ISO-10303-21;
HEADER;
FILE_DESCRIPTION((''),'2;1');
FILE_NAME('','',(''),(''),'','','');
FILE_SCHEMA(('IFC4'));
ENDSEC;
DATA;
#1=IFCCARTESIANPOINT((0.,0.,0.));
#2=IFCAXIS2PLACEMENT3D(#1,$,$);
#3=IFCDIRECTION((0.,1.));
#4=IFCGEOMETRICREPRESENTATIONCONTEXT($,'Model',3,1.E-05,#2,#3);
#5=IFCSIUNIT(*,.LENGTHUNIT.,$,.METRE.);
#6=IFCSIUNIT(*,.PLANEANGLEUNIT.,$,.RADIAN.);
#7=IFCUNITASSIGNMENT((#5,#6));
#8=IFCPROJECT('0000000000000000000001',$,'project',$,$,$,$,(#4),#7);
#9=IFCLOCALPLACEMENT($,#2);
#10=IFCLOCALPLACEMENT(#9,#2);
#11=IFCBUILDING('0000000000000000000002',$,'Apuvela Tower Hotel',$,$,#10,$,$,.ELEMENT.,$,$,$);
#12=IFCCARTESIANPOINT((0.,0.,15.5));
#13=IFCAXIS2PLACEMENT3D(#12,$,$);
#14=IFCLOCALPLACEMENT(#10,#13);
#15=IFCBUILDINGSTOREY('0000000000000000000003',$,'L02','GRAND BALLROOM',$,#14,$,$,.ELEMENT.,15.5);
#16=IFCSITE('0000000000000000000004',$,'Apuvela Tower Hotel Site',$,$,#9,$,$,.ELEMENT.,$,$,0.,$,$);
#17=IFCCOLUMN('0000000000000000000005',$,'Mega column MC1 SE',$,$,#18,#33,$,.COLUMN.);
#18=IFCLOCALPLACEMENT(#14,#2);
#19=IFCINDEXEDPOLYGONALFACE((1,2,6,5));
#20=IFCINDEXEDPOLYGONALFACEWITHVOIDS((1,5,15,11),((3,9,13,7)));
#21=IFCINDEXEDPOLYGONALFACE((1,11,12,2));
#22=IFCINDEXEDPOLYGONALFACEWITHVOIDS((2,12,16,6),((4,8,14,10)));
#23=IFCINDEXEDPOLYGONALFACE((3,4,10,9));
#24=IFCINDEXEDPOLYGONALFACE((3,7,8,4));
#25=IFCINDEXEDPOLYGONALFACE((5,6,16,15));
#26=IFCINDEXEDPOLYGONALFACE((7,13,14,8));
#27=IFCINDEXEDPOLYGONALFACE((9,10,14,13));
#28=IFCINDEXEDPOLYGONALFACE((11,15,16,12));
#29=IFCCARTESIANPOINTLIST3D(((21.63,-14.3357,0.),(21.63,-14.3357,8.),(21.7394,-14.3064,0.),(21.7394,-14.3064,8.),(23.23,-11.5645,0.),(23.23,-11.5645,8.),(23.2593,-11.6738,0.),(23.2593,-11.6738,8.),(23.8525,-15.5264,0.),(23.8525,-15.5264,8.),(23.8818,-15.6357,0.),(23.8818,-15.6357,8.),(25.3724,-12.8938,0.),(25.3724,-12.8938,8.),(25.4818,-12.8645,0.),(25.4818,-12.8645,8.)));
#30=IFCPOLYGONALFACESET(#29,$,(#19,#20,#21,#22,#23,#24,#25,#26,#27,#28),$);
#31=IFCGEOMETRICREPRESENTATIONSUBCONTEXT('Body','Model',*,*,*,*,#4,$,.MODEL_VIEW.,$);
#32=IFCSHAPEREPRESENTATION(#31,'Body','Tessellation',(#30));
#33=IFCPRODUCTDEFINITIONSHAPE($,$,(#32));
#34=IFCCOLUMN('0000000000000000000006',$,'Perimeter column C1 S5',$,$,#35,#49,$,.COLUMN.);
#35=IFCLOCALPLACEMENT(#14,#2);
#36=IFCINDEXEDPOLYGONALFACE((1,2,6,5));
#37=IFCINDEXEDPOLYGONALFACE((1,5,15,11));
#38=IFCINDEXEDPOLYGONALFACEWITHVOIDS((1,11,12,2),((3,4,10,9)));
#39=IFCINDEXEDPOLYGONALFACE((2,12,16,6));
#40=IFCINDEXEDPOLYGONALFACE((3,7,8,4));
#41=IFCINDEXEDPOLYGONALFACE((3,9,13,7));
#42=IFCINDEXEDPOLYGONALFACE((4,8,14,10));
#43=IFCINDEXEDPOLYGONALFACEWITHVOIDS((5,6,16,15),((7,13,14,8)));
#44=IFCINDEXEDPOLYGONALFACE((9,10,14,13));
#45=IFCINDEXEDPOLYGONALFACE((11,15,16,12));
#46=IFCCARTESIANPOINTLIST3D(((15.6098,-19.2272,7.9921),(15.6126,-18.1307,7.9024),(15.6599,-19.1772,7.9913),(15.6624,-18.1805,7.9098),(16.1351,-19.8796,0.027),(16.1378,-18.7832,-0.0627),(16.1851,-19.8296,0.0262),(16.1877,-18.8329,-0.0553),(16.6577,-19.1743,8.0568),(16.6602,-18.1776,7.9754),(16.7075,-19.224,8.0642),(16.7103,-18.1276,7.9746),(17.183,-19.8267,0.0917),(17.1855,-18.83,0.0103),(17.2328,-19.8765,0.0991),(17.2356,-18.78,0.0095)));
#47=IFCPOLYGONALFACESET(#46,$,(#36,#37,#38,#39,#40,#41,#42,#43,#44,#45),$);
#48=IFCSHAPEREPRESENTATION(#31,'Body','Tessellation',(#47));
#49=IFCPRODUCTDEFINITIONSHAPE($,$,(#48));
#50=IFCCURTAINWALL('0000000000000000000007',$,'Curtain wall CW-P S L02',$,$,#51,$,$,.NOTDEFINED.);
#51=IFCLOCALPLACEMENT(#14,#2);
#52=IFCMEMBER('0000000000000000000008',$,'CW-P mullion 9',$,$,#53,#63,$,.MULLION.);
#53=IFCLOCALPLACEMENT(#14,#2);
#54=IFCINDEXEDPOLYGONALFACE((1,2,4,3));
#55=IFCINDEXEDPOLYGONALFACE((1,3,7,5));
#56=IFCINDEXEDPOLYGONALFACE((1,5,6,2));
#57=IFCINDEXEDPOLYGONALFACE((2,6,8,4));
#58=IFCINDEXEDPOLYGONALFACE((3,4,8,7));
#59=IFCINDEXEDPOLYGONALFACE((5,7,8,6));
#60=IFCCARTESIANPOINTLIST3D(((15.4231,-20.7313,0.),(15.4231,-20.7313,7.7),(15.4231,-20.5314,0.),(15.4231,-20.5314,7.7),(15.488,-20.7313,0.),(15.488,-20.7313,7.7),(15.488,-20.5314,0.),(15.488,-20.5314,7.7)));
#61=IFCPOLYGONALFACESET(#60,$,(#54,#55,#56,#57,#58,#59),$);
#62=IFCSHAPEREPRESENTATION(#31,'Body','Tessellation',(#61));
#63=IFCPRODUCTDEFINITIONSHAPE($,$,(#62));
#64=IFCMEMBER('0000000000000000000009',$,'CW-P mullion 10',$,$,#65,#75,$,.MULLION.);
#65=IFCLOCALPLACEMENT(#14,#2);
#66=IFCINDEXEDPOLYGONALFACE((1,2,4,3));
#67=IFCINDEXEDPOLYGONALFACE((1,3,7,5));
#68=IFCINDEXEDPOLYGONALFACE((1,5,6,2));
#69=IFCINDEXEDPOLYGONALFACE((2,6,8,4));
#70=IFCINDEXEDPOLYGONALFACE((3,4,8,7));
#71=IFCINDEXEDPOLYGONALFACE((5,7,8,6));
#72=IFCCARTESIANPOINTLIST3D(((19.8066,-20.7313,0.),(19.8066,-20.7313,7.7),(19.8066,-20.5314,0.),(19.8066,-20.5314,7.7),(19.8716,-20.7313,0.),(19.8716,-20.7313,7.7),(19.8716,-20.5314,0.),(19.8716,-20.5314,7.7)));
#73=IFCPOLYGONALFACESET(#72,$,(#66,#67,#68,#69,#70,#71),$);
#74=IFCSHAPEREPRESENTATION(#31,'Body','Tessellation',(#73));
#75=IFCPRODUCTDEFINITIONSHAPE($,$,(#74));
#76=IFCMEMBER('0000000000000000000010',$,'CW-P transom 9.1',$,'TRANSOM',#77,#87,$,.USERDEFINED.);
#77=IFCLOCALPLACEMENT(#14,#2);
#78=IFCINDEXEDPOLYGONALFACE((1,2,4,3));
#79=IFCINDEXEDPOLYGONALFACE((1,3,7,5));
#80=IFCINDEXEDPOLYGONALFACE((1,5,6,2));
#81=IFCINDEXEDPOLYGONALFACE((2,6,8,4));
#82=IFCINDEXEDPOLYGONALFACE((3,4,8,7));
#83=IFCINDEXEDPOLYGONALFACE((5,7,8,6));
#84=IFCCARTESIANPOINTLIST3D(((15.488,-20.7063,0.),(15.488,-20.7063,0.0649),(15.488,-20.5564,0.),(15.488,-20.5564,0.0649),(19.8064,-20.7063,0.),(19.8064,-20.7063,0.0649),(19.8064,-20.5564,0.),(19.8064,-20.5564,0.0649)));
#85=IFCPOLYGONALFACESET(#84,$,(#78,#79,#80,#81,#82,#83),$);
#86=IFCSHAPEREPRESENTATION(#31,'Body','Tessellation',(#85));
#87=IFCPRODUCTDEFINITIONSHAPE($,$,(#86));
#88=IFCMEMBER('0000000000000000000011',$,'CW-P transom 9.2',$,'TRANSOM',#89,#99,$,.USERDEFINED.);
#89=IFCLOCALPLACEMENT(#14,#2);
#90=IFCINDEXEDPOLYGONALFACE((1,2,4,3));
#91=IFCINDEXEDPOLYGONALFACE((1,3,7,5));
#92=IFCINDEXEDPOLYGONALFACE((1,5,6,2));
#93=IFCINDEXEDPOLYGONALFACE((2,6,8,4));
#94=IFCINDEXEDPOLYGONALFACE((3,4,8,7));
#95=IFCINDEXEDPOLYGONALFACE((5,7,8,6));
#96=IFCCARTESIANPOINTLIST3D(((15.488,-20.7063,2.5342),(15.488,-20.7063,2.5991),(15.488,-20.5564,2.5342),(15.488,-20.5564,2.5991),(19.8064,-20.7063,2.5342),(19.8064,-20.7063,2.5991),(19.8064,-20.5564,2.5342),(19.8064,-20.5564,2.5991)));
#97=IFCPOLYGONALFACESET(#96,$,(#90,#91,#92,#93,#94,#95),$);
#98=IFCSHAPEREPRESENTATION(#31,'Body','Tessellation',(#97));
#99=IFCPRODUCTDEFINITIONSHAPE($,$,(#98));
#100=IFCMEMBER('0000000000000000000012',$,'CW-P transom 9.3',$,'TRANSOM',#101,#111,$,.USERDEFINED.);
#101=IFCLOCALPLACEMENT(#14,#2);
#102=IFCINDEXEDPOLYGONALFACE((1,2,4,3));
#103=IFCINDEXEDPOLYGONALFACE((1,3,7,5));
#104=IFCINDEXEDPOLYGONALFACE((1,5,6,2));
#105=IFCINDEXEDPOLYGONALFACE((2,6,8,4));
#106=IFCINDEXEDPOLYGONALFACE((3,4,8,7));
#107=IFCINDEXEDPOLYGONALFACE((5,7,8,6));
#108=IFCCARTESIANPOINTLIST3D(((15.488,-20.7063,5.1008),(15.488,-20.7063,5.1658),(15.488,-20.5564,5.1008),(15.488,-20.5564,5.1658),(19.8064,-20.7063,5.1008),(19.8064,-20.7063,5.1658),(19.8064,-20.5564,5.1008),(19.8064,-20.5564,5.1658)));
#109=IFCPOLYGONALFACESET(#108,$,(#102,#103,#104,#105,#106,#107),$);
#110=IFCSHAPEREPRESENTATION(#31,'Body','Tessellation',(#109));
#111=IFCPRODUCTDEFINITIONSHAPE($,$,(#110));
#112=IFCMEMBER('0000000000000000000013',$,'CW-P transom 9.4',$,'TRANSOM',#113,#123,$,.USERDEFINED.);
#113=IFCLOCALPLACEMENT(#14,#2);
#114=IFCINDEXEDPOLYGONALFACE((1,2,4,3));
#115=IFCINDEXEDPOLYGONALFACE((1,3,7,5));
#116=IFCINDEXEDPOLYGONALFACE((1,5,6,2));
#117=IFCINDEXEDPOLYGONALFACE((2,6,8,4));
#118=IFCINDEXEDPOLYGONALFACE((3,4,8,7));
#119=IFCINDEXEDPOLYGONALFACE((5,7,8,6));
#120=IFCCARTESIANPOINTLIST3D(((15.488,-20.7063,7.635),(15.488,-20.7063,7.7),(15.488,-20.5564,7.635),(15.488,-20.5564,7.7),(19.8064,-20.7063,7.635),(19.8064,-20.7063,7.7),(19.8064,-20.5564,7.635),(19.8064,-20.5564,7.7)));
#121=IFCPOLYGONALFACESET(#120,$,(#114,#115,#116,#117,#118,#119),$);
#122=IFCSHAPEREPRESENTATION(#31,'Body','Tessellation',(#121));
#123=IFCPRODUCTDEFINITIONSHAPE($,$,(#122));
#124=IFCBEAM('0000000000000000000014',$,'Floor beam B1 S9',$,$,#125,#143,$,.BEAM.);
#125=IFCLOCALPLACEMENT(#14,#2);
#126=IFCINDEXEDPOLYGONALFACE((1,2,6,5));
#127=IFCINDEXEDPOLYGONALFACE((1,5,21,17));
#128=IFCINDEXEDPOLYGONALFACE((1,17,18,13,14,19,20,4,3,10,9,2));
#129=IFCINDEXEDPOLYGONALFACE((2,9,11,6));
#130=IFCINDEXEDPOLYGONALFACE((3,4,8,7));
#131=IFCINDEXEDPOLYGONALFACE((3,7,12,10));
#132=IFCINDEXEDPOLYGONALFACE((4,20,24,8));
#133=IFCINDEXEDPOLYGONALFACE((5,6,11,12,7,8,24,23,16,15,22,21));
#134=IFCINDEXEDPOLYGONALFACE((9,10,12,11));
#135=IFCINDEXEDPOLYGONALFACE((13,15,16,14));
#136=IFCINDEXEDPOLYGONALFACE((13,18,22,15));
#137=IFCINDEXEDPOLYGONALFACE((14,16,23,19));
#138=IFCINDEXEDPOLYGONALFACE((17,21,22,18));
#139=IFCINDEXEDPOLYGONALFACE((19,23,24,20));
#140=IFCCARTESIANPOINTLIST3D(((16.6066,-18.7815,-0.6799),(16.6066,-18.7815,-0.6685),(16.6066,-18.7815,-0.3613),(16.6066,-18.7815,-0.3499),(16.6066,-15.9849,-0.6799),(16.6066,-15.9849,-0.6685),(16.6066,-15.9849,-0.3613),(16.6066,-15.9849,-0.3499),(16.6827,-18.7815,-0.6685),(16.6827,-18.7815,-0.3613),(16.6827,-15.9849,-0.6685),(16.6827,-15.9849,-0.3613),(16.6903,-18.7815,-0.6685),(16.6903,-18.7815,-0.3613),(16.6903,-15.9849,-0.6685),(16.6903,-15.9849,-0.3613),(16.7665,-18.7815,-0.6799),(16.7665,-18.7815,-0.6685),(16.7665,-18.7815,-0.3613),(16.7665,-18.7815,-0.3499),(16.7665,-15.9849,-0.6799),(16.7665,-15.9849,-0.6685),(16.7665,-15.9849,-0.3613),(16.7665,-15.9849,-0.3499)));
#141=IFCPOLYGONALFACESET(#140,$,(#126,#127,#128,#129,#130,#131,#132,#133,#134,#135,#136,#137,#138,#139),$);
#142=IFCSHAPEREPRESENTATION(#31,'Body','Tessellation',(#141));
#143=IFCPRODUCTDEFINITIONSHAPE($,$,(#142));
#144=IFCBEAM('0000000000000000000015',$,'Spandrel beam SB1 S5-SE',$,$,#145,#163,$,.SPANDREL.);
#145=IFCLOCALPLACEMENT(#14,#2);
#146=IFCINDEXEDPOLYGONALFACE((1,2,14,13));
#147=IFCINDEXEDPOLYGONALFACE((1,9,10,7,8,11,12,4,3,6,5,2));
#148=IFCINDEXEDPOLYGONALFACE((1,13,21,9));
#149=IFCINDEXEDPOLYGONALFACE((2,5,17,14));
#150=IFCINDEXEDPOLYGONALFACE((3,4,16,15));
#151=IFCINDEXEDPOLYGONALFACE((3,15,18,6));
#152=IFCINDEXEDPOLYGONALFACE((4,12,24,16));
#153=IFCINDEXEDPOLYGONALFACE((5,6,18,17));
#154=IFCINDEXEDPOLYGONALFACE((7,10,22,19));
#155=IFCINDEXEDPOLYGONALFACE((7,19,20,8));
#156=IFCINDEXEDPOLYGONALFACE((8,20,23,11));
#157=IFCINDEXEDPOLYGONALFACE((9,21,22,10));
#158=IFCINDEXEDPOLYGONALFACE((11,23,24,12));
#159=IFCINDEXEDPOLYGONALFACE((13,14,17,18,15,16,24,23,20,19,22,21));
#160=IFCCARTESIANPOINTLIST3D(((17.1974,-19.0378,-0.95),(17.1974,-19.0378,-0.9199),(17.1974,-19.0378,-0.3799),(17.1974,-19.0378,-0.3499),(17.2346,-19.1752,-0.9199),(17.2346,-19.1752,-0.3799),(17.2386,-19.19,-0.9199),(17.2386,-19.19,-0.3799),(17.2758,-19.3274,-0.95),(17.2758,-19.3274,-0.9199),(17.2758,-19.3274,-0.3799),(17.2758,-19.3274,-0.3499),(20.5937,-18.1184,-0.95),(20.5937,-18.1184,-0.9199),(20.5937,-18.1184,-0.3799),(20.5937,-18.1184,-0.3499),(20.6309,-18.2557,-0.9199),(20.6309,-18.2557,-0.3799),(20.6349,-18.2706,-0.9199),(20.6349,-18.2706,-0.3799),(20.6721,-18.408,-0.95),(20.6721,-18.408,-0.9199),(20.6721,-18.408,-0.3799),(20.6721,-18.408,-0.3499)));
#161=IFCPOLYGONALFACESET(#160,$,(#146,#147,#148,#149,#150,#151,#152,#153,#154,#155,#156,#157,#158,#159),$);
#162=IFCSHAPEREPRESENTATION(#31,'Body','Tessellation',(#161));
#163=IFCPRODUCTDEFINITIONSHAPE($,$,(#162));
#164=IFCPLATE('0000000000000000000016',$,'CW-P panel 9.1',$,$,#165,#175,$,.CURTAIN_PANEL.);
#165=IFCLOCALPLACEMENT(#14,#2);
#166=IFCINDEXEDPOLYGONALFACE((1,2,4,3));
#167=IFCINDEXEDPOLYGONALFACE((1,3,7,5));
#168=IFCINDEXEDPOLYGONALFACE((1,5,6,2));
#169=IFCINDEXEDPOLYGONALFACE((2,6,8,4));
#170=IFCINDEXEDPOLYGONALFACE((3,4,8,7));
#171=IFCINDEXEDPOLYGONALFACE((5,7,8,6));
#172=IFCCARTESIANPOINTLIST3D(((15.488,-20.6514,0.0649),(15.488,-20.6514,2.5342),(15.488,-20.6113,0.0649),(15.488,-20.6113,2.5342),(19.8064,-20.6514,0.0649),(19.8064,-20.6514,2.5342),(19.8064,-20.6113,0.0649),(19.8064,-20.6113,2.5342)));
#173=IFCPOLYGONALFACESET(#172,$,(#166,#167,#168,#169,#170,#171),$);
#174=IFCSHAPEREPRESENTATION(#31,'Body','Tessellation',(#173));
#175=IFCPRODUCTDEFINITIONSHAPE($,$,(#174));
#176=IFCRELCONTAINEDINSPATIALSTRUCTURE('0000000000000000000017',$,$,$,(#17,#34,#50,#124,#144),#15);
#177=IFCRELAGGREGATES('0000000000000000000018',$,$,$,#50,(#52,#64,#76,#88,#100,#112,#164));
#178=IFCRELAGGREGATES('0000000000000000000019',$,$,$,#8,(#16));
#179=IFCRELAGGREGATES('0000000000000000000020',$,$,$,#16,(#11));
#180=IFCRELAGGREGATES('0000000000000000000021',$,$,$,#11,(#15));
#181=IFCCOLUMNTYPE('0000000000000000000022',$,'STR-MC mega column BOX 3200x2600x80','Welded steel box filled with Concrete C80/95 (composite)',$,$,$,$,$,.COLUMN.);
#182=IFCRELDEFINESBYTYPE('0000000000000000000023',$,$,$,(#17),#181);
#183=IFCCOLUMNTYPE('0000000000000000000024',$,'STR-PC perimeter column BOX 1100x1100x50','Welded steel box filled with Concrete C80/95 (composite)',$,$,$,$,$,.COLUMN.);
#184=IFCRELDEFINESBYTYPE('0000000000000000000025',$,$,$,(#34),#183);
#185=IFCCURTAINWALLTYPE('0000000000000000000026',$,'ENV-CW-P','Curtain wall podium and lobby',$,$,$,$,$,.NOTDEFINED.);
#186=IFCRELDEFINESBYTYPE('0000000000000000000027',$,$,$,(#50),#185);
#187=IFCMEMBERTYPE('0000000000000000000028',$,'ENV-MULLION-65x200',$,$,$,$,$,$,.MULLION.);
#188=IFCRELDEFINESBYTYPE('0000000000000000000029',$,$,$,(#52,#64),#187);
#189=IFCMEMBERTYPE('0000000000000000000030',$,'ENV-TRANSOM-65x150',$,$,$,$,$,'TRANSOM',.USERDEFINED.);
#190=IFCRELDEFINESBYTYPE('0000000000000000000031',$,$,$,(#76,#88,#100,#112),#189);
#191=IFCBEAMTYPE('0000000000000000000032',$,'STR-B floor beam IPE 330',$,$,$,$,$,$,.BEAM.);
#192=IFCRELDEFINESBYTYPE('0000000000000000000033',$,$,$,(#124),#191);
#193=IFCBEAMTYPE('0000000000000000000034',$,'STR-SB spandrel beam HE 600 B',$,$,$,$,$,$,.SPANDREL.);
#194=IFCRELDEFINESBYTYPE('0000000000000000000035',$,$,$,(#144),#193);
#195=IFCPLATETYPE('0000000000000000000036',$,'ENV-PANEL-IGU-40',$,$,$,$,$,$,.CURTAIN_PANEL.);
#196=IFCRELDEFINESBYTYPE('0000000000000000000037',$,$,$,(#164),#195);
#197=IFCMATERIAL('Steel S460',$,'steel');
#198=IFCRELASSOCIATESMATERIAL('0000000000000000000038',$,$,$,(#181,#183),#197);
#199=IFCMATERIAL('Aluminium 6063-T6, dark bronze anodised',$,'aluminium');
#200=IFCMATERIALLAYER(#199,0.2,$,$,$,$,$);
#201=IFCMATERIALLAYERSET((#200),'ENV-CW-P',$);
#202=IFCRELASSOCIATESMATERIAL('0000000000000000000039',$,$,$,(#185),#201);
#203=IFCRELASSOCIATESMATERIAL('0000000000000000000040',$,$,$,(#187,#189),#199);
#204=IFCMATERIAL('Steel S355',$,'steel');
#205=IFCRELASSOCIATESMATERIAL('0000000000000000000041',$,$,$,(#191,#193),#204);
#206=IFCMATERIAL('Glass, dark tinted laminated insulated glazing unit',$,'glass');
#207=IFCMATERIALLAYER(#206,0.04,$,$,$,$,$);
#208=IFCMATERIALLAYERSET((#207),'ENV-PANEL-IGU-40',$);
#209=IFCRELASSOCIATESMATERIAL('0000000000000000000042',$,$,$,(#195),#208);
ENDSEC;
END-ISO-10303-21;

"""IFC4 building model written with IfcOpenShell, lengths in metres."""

from ifc_helpers import new_model, si_unit, direction, frame, origin, origin_2d, place, context, subcontext, project, spatial, rectangle, hollow_rectangle, i_section, extrude, boolean, halfspace, material, layer, layer_set, material_profile, profile_set, type_object, element, aggregate, save


model = new_model("IFC4")

# Units and contexts
model_context = context("Model", 3, precision=1e-05, world=origin(), true_north=direction((0.0, 1.0)))
body_context = subcontext(model_context, "Body", "Model", "MODEL_VIEW")
ifc_project = project(units=[si_unit("LENGTHUNIT", "METRE"), si_unit("PLANEANGLEUNIT", "RADIAN")], contexts=[model_context])

# Site, building, storey
site_placement = place(None, origin())
site = spatial("IfcSite", under=ifc_project, at=site_placement, Name="Apuvela Tower Hotel Site", CompositionType="ELEMENT", RefElevation=0.0)
building_placement = place(site_placement, origin())
building = spatial("IfcBuilding", under=site, at=building_placement, Name="Apuvela Tower Hotel", CompositionType="ELEMENT")
storey_placement = place(building_placement, frame((0.0, 0.0, 15.5)))
storey = spatial("IfcBuildingStorey", under=building, at=storey_placement, Name="L02", Description="GRAND BALLROOM", CompositionType="ELEMENT", Elevation=15.5)

# Columns
ifc_material_1 = material(Name="Steel S460", Category="steel")
ifc_material_profile_1 = material_profile(ifc_material_1, hollow_rectangle(XDim=3.2, YDim=2.6001, WallThickness=0.0801, at=origin_2d()), Name="BOX 3200x2600x80")
ifc_material_2 = material(Name="Concrete C80/95", Category="concrete")
ifc_material_profile_2 = material_profile(ifc_material_2, rectangle(XDim=3.04, YDim=2.4399, at=origin_2d()), Name="Concrete C80/95 infill")
ifc_profile_set_1 = profile_set([ifc_material_profile_1, ifc_material_profile_2], Name="Steel S460")
column_type_1 = type_object("IfcColumnType", Name="STR-MC mega column BOX 3200x2600x80", Description="Welded steel box filled with Concrete C80/95 (composite)", PredefinedType="COLUMN", material=ifc_profile_set_1)
column_1_placement = place(storey_placement, frame((23.5559, -13.6001, 0.0), z_axis=(0.0, 0.0, 1.0), x_axis=(0.5, 0.866025, 0.0)))
element("IfcColumn", 1, at=column_1_placement, inside=storey, type_object=column_type_1, Name="Mega column MC1 SE", PredefinedType="COLUMN", context=body_context, shape_type="SweptSolid", body=[
    extrude(hollow_rectangle(XDim=3.2, YDim=2.6001, WallThickness=0.0801, at=origin_2d()), origin(), (0.0, 0.0, 1.0), 8.0),
])
ifc_material_profile_3 = material_profile(ifc_material_1, hollow_rectangle(XDim=1.1001, YDim=1.1001, WallThickness=0.05, at=origin_2d()), Name="BOX 1100x1100x50")
ifc_material_profile_4 = material_profile(ifc_material_2, rectangle(XDim=1.0, YDim=1.0, at=origin_2d()), Name="Concrete C80/95 infill")
ifc_profile_set_2 = profile_set([ifc_material_profile_3, ifc_material_profile_4], Name="Steel S460")
column_type_2 = type_object("IfcColumnType", Name="STR-PC perimeter column BOX 1100x1100x50", Description="Welded steel box filled with Concrete C80/95 (composite)", PredefinedType="COLUMN", material=ifc_profile_set_2)
column_2_placement = place(storey_placement, frame((16.6865, -19.3313, 0.0), z_axis=(-0.065587, 0.08146, 0.994516), x_axis=(0.997844, 0.002852, 0.065573)))
element("IfcColumn", 2, at=column_2_placement, inside=storey, type_object=column_type_2, Name="Perimeter column C1 S5", PredefinedType="COLUMN", context=body_context, shape_type="SweptSolid", body=[
    boolean("DIFFERENCE", boolean("DIFFERENCE", extrude(hollow_rectangle(XDim=1.1001, YDim=1.1001, WallThickness=0.05, at=origin_2d()), origin(), (0.0, 0.0, 1.0), 8.0442), halfspace(frame((0.0, 0.0, 0.0183), z_axis=(0.0, 0.0, 1.0), x_axis=(1.0, 0.0, 0.0)), True)), halfspace(frame((0.0, 0.0, 8.0273), z_axis=(0.0, 0.0, 1.0), x_axis=(1.0, 0.0, 0.0)), False)),
])

# Curtain wall, members
ifc_material_3 = material(Name="Aluminium 6063-T6, dark bronze anodised", Category="aluminium")
ifc_layer_1 = layer(ifc_material_3, 0.2)
ifc_layer_set_1 = layer_set([ifc_layer_1], Name="ENV-CW-P")
curtain_wall_type = type_object("IfcCurtainWallType", Name="ENV-CW-P", Description="Curtain wall podium and lobby", PredefinedType="NOTDEFINED", material=ifc_layer_set_1)
curtain_wall_placement = place(storey_placement, origin())
curtain_wall = element("IfcCurtainWall", 3, at=curtain_wall_placement, inside=storey, type_object=curtain_wall_type, Name="Curtain wall CW-P S L02", PredefinedType="NOTDEFINED")
ifc_material_profile_5 = material_profile(ifc_material_3, rectangle(XDim=0.2, YDim=0.0649, at=origin_2d()), Name="AL 65x200")
ifc_profile_set_3 = profile_set([ifc_material_profile_5], Name="Aluminium 6063-T6, dark bronze anodised")
member_type_1 = type_object("IfcMemberType", Name="ENV-MULLION-65x200", PredefinedType="MULLION", material=ifc_profile_set_3)
member_1_placement = place(storey_placement, frame((15.4556, -20.6313, 0.0), z_axis=(0.0, 0.0, 1.0), x_axis=(0.0, 1.0, 0.0)))
member_1 = element("IfcMember", 4, at=member_1_placement, type_object=member_type_1, Name="CW-P mullion 9", PredefinedType="MULLION", context=body_context, shape_type="SweptSolid", body=[
    extrude(rectangle(XDim=0.2, YDim=0.0649, at=origin_2d()), origin(), (0.0, 0.0, 1.0), 7.7),
])
member_2_placement = place(storey_placement, frame((19.8391, -20.6313, 0.0), z_axis=(0.0, 0.0, 1.0), x_axis=(0.0, 1.0, 0.0)))
member_2 = element("IfcMember", 5, at=member_2_placement, type_object=member_type_1, Name="CW-P mullion 10", PredefinedType="MULLION", context=body_context, shape_type="SweptSolid", body=[
    extrude(rectangle(XDim=0.2, YDim=0.0649, at=origin_2d()), origin(), (0.0, 0.0, 1.0), 7.7),
])
ifc_material_profile_6 = material_profile(ifc_material_3, rectangle(XDim=0.1499, YDim=0.0649, at=origin_2d()), Name="AL 65x150 transom")
ifc_profile_set_4 = profile_set([ifc_material_profile_6], Name="Aluminium 6063-T6, dark bronze anodised")
member_type_2 = type_object("IfcMemberType", Name="ENV-TRANSOM-65x150", ElementType="TRANSOM", PredefinedType="USERDEFINED", material=ifc_profile_set_4)
member_3_placement = place(storey_placement, frame((15.488, -20.6313, 0.0325), z_axis=(1.0, 0.0, 0.0), x_axis=(0.0, 1.0, 0.0)))
member_3 = element("IfcMember", 6, at=member_3_placement, type_object=member_type_2, Name="CW-P transom 9.1", ObjectType="TRANSOM", PredefinedType="USERDEFINED", context=body_context, shape_type="SweptSolid", body=[
    extrude(rectangle(XDim=0.1499, YDim=0.0649, at=origin_2d()), origin(), (0.0, 0.0, 1.0), 4.3184),
])
member_4_placement = place(storey_placement, frame((15.488, -20.6313, 2.5667), z_axis=(1.0, 0.0, 0.0), x_axis=(0.0, 1.0, 0.0)))
member_4 = element("IfcMember", 7, at=member_4_placement, type_object=member_type_2, Name="CW-P transom 9.2", ObjectType="TRANSOM", PredefinedType="USERDEFINED", context=body_context, shape_type="SweptSolid", body=[
    extrude(rectangle(XDim=0.1499, YDim=0.0649, at=origin_2d()), origin(), (0.0, 0.0, 1.0), 4.3184),
])
member_5_placement = place(storey_placement, frame((15.488, -20.6313, 5.1333), z_axis=(1.0, 0.0, 0.0), x_axis=(0.0, 1.0, 0.0)))
member_5 = element("IfcMember", 8, at=member_5_placement, type_object=member_type_2, Name="CW-P transom 9.3", ObjectType="TRANSOM", PredefinedType="USERDEFINED", context=body_context, shape_type="SweptSolid", body=[
    extrude(rectangle(XDim=0.1499, YDim=0.0649, at=origin_2d()), origin(), (0.0, 0.0, 1.0), 4.3184),
])
member_6_placement = place(storey_placement, frame((15.488, -20.6313, 7.6675), z_axis=(1.0, 0.0, 0.0), x_axis=(0.0, 1.0, 0.0)))
member_6 = element("IfcMember", 9, at=member_6_placement, type_object=member_type_2, Name="CW-P transom 9.4", ObjectType="TRANSOM", PredefinedType="USERDEFINED", context=body_context, shape_type="SweptSolid", body=[
    extrude(rectangle(XDim=0.1499, YDim=0.0649, at=origin_2d()), origin(), (0.0, 0.0, 1.0), 4.3184),
])

# Beams
ifc_material_4 = material(Name="Steel S355", Category="steel")
ifc_material_profile_7 = material_profile(ifc_material_4, i_section(OverallWidth=0.1599, OverallDepth=0.3301, WebThickness=0.0076, FlangeThickness=0.0115, at=origin_2d()), Name="IPE 330")
ifc_profile_set_5 = profile_set([ifc_material_profile_7], Name="Steel S355")
beam_type_1 = type_object("IfcBeamType", Name="STR-B floor beam IPE 330", PredefinedType="BEAM", material=ifc_profile_set_5)
beam_1_placement = place(storey_placement, frame((16.6865, -18.7815, -0.5149), z_axis=(0.0, 1.0, 0.0), x_axis=(-1.0, 0.0, 0.0)))
element("IfcBeam", 10, at=beam_1_placement, inside=storey, type_object=beam_type_1, Name="Floor beam B1 S9", PredefinedType="BEAM", context=body_context, shape_type="SweptSolid", body=[
    extrude(i_section(OverallWidth=0.1599, OverallDepth=0.3301, WebThickness=0.0076, FlangeThickness=0.0115, at=origin_2d()), origin(), (0.0, 0.0, 1.0), 2.7966),
])
ifc_material_profile_8 = material_profile(ifc_material_4, i_section(OverallWidth=0.3, OverallDepth=0.6001, WebThickness=0.0154, FlangeThickness=0.03, at=origin_2d()), Name="HE 600 B")
ifc_profile_set_6 = profile_set([ifc_material_profile_8], Name="Steel S355")
beam_type_2 = type_object("IfcBeamType", Name="STR-SB spandrel beam HE 600 B", PredefinedType="SPANDREL", material=ifc_profile_set_6)
beam_2_placement = place(storey_placement, frame((17.2366, -19.1826, -0.6499), z_axis=(0.965254, 0.261314, 0.0), x_axis=(-0.261314, 0.965254, 0.0)))
element("IfcBeam", 11, at=beam_2_placement, inside=storey, type_object=beam_type_2, Name="Spandrel beam SB1 S5-SE", PredefinedType="SPANDREL", context=body_context, shape_type="SweptSolid", body=[
    extrude(i_section(OverallWidth=0.3, OverallDepth=0.6001, WebThickness=0.0154, FlangeThickness=0.03, at=origin_2d()), origin(), (0.0, 0.0, 1.0), 3.5186),
])

# Plate
ifc_material_5 = material(Name="Glass, dark tinted laminated insulated glazing unit", Category="glass")
ifc_layer_2 = layer(ifc_material_5, 0.04)
ifc_layer_set_2 = layer_set([ifc_layer_2], Name="ENV-PANEL-IGU-40")
plate_type = type_object("IfcPlateType", Name="ENV-PANEL-IGU-40", PredefinedType="CURTAIN_PANEL", material=ifc_layer_set_2)
plate_1_placement = place(storey_placement, frame((17.6472, -20.6313, 0.0649), z_axis=(0.0, 0.0, 1.0), x_axis=(1.0, 0.0, 0.0)))
plate_1 = element("IfcPlate", 12, at=plate_1_placement, type_object=plate_type, Name="CW-P panel 9.1", PredefinedType="CURTAIN_PANEL", context=body_context, shape_type="SweptSolid", body=[
    extrude(rectangle(XDim=4.3184, YDim=0.04, at=origin_2d()), origin(), (0.0, 0.0, 1.0), 2.4692),
])
aggregate(curtain_wall, [member_1, member_2, member_3, member_4, member_5, member_6, plate_1])

save(model, "model.ifc")
